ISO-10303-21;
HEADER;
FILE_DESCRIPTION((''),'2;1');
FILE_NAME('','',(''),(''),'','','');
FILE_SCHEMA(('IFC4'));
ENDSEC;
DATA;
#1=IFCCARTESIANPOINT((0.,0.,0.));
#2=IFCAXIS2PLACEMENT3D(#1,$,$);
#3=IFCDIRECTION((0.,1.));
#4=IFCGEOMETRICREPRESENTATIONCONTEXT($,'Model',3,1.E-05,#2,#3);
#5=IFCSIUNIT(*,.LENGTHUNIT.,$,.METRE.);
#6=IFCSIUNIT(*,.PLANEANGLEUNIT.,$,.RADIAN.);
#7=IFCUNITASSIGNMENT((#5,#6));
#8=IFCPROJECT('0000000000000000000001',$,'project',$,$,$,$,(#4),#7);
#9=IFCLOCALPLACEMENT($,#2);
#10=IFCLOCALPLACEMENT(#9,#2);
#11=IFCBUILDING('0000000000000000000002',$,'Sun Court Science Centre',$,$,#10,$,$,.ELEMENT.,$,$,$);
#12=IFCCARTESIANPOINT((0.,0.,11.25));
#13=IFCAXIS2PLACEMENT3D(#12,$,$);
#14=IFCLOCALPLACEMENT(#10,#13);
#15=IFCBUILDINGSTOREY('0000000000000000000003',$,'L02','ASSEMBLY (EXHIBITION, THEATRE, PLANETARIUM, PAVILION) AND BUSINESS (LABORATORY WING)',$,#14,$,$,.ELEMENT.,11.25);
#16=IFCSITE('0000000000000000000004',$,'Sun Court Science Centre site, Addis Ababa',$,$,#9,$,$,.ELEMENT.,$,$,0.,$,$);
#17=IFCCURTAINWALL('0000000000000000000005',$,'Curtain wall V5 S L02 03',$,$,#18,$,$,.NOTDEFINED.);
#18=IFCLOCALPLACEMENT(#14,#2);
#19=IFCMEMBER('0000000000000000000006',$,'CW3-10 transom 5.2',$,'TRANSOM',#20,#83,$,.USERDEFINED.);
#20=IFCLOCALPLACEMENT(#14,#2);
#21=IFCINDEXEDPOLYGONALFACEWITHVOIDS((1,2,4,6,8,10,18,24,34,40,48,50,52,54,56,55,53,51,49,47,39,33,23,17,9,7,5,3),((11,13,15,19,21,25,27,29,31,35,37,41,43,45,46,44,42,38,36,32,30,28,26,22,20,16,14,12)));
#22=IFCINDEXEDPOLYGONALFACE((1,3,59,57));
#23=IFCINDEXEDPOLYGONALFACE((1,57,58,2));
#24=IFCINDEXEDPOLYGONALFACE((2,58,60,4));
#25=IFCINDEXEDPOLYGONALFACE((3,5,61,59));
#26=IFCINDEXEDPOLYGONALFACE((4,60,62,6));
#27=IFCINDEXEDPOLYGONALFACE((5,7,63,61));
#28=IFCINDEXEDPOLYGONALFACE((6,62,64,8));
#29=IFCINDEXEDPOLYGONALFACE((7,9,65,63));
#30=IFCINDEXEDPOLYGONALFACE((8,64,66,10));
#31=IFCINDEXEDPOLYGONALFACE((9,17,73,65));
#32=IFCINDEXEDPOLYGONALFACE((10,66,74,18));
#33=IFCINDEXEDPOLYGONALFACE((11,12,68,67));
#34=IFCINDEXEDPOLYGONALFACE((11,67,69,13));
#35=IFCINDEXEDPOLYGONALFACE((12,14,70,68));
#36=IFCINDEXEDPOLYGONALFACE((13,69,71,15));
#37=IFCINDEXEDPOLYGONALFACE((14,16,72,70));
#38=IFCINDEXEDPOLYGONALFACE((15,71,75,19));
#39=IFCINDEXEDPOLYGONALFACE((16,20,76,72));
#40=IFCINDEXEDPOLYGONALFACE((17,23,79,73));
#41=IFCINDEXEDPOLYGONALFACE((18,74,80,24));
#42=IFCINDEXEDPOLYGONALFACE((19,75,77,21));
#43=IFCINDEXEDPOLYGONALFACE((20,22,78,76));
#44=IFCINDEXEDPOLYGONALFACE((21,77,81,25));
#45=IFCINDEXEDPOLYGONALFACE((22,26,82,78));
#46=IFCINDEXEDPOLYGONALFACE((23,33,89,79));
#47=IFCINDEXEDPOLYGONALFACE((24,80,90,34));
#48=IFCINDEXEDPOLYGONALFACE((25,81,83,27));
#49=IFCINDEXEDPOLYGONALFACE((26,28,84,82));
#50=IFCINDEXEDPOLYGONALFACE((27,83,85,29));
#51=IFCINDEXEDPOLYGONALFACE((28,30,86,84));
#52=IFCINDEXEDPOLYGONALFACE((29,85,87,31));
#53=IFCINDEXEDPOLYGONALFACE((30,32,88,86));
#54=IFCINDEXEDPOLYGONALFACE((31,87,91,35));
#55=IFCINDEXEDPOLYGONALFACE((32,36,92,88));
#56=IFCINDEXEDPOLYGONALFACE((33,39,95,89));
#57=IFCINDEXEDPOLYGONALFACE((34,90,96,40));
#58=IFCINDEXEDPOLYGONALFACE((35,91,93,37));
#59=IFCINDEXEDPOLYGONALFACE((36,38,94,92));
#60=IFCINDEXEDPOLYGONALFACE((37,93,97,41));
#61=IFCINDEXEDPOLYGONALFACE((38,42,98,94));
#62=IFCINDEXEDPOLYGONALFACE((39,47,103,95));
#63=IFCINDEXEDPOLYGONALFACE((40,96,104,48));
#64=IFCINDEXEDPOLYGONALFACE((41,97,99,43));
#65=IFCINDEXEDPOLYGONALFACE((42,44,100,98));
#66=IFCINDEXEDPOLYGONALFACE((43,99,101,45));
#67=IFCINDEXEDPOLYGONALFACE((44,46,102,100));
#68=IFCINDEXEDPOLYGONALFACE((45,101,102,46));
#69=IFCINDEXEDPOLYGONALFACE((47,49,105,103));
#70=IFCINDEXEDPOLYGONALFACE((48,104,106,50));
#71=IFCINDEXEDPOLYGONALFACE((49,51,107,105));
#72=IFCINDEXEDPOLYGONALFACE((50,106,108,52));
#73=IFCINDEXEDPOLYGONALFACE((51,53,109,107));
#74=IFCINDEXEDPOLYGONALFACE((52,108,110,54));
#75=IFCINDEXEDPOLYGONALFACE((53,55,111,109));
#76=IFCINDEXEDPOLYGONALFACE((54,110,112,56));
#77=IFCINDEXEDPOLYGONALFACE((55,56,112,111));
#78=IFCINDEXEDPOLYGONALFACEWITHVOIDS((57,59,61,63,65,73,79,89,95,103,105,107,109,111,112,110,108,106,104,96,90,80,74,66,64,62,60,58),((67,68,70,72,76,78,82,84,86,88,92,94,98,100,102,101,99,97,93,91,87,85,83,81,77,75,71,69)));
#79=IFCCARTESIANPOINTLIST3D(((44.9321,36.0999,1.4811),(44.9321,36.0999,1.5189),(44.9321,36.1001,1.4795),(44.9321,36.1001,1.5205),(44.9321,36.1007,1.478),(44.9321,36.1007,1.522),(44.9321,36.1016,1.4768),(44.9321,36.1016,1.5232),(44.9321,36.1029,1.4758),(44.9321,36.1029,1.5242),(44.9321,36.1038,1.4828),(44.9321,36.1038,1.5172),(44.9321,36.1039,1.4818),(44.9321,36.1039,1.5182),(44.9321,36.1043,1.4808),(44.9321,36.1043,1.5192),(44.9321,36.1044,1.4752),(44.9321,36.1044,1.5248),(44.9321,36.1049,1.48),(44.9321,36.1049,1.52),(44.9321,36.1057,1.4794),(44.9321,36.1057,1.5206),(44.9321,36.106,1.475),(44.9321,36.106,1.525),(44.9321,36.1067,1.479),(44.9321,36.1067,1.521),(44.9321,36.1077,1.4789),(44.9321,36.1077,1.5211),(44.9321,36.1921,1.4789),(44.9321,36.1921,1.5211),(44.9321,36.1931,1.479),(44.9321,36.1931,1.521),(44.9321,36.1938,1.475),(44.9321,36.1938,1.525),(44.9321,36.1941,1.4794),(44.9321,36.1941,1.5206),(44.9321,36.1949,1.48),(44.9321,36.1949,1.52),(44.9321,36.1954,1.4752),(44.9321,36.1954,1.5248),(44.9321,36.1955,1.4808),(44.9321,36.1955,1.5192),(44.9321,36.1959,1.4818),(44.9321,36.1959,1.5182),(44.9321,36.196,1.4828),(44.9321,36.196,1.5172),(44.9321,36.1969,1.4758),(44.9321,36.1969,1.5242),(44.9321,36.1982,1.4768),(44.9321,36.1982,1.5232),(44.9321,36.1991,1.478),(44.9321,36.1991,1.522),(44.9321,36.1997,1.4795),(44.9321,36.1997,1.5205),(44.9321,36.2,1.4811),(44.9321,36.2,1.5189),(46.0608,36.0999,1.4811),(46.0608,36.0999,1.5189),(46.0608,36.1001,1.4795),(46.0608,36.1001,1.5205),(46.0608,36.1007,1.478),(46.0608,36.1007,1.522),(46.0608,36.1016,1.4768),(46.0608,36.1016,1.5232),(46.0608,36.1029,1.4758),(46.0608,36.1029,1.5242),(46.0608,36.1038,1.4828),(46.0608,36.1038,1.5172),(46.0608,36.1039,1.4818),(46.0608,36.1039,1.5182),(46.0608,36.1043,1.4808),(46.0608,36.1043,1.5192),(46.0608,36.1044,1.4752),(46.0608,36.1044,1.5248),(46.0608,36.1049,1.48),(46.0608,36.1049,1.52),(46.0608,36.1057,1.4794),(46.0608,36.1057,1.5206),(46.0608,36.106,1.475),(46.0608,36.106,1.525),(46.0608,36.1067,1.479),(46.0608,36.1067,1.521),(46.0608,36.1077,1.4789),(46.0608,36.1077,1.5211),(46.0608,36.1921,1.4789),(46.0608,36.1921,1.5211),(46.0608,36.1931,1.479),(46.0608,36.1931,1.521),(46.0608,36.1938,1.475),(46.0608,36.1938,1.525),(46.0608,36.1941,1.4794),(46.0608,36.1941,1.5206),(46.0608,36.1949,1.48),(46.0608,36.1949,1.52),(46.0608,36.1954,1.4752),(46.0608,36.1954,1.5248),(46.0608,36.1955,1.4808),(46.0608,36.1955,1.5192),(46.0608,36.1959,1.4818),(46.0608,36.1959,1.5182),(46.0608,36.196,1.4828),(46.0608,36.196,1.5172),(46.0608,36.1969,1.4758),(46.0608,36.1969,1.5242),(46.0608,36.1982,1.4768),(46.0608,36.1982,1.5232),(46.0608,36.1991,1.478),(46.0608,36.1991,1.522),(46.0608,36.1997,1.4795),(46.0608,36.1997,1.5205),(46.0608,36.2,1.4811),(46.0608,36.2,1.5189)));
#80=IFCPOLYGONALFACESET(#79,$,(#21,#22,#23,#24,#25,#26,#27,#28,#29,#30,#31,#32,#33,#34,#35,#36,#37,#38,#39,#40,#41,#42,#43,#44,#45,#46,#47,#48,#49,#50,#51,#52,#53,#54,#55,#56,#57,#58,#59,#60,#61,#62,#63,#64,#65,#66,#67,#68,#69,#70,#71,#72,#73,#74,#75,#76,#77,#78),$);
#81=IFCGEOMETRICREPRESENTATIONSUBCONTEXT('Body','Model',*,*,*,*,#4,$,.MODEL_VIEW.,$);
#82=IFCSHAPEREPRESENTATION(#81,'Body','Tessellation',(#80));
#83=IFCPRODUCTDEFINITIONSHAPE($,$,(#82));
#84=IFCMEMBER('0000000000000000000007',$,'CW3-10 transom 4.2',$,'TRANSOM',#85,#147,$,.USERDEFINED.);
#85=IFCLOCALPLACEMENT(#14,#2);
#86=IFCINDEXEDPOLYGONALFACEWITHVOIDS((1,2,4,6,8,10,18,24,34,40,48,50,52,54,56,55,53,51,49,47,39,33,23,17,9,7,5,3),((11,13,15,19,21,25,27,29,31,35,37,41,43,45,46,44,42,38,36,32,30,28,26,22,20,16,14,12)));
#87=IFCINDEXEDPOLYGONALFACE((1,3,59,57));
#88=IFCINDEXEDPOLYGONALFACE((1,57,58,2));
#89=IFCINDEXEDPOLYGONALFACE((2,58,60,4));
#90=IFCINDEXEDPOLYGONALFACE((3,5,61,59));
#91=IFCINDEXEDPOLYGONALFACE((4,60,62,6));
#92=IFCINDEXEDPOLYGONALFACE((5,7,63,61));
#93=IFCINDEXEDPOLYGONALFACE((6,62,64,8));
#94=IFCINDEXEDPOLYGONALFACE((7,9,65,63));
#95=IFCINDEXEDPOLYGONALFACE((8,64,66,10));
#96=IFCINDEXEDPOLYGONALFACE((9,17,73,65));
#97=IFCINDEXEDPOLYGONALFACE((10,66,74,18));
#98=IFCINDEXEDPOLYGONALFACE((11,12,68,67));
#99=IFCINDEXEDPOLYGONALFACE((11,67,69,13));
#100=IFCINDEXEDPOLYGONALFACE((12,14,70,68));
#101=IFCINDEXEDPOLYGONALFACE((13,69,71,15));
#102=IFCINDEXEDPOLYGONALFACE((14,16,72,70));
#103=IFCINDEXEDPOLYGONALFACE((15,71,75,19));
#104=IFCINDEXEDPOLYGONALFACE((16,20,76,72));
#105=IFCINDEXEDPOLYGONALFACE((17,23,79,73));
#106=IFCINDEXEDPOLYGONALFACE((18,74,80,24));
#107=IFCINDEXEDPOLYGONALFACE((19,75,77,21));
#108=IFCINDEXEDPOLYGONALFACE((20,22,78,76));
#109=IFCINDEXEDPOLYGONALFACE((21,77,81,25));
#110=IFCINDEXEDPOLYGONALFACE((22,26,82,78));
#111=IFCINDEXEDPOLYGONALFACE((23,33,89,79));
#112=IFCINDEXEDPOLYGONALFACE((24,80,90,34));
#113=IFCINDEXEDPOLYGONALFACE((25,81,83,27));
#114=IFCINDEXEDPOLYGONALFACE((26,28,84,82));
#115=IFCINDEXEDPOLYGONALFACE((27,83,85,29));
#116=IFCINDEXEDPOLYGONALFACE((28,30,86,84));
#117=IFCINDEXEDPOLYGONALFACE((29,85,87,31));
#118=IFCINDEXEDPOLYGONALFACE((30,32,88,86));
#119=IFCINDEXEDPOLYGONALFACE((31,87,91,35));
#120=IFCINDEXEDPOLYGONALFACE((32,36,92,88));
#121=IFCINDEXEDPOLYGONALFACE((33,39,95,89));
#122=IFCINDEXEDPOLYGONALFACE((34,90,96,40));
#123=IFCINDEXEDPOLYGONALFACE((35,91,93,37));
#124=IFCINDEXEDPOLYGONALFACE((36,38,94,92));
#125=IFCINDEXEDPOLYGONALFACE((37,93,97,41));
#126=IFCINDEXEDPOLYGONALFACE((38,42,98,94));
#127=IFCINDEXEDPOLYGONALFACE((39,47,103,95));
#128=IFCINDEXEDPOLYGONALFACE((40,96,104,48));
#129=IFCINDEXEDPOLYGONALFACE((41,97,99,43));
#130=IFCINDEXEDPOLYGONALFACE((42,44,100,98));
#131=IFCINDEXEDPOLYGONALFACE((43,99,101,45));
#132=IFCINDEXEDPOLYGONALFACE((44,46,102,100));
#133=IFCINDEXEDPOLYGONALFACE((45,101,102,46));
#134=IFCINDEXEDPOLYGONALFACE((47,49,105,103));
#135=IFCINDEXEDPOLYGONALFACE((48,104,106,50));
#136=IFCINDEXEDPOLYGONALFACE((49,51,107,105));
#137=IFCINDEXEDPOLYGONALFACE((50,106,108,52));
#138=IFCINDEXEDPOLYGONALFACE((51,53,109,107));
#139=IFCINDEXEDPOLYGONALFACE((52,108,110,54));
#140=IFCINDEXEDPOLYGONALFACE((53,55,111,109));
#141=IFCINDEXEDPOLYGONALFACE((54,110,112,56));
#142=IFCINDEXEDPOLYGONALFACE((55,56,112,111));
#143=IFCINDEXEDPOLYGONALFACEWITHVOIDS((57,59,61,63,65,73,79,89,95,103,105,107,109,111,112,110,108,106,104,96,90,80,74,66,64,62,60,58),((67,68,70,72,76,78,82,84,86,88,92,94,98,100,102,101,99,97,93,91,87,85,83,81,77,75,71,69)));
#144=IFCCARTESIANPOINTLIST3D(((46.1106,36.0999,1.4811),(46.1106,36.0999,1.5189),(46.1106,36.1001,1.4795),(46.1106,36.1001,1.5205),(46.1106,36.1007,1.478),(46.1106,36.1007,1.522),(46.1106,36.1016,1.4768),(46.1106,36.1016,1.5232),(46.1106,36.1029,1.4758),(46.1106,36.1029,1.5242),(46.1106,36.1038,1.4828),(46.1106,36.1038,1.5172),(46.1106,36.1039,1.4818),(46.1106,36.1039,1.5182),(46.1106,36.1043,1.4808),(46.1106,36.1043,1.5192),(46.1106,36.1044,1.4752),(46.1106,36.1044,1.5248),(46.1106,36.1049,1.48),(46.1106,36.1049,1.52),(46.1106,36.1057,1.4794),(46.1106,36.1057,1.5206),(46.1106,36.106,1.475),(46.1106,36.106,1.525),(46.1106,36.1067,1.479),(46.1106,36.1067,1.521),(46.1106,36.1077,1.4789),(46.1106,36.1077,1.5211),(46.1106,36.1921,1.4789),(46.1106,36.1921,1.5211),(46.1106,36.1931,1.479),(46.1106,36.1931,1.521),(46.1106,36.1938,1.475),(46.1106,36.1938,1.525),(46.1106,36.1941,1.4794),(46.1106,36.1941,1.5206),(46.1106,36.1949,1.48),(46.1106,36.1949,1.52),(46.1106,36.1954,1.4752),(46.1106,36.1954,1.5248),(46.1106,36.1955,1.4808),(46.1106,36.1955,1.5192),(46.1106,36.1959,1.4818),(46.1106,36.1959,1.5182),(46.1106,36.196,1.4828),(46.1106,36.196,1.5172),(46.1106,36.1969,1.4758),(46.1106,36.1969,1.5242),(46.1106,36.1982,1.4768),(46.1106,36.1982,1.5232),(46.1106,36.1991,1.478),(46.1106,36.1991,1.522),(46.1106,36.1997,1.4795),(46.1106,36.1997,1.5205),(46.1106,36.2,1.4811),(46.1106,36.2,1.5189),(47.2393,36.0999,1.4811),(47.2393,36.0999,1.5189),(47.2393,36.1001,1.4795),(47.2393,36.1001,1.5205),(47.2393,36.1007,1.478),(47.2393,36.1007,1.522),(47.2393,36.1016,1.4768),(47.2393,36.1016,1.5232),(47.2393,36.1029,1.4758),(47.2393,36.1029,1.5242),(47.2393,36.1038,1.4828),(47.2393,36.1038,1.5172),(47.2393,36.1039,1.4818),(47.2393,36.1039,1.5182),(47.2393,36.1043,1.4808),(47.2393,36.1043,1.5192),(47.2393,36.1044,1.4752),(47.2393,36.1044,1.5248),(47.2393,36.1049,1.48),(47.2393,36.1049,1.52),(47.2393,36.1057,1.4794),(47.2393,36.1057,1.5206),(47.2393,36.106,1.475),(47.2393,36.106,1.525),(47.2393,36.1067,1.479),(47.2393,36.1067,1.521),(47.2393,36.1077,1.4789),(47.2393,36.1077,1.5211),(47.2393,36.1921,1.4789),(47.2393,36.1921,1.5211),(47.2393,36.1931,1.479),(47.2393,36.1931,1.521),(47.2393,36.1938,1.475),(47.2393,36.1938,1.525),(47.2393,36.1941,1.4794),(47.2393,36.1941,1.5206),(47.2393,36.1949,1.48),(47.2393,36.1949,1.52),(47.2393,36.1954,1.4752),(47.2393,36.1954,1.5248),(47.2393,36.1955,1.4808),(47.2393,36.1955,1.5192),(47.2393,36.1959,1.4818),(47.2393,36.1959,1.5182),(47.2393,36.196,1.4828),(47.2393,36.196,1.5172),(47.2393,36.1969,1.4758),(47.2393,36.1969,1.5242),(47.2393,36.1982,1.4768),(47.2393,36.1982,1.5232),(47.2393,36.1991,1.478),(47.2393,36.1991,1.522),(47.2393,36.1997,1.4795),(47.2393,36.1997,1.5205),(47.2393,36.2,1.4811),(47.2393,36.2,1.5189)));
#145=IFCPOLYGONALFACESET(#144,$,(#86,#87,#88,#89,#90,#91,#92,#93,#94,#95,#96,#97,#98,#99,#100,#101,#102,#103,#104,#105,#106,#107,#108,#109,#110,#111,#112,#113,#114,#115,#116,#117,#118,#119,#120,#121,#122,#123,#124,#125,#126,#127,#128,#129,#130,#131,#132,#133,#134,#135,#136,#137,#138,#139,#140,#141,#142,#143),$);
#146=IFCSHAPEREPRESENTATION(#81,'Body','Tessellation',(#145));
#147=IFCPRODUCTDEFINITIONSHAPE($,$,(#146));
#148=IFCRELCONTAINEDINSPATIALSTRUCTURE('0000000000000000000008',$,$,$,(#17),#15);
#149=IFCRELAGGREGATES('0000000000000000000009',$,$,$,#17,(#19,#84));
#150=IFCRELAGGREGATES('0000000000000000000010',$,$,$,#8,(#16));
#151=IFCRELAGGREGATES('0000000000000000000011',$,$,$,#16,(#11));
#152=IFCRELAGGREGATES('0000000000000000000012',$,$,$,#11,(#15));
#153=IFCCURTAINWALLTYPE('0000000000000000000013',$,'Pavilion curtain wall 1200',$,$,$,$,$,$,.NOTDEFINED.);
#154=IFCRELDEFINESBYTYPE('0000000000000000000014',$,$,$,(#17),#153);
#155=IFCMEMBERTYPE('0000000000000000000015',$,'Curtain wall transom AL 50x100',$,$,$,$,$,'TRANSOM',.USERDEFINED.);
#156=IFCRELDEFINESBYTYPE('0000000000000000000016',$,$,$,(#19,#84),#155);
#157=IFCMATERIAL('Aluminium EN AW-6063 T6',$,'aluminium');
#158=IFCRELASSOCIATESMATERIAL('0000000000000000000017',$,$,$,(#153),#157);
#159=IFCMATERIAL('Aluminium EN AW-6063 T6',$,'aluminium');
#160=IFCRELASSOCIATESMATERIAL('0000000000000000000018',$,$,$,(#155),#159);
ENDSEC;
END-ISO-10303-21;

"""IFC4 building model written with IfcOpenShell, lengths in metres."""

from ifc_helpers import new_model, si_unit, direction, frame, origin, origin_2d, place, context, subcontext, project, spatial, hollow_rectangle, extrude, material, material_profile, profile_set, type_object, element, aggregate, save


model = new_model("IFC4")

# Units and contexts
model_context = context("Model", 3, precision=1e-05, world=origin(), true_north=direction((0.0, 1.0)))
body_context = subcontext(model_context, "Body", "Model", "MODEL_VIEW")
ifc_project = project(units=[si_unit("LENGTHUNIT", "METRE"), si_unit("PLANEANGLEUNIT", "RADIAN")], contexts=[model_context])

# Site, building, storey
site_placement = place(None, origin())
site = spatial("IfcSite", under=ifc_project, at=site_placement, Name="Sun Court Science Centre site, Addis Ababa", CompositionType="ELEMENT", RefElevation=0.0)
building_placement = place(site_placement, origin())
building = spatial("IfcBuilding", under=site, at=building_placement, Name="Sun Court Science Centre", CompositionType="ELEMENT")
storey_placement = place(building_placement, frame((0.0, 0.0, 11.25)))
storey = spatial("IfcBuildingStorey", under=building, at=storey_placement, Name="L02", Description="ASSEMBLY (EXHIBITION, THEATRE, PLANETARIUM, PAVILION) AND BUSINESS (LABORATORY WING)", CompositionType="ELEMENT", Elevation=11.25)

# Curtain wall, members
ifc_material_1 = material(Name="Aluminium EN AW-6063 T6", Category="aluminium")
curtain_wall_type = type_object("IfcCurtainWallType", Name="Pavilion curtain wall 1200", PredefinedType="NOTDEFINED", material=ifc_material_1)
curtain_wall_placement = place(storey_placement, origin())
curtain_wall = element("IfcCurtainWall", 1, at=curtain_wall_placement, inside=storey, type_object=curtain_wall_type, Name="Curtain wall V5 S L02 03", PredefinedType="NOTDEFINED")
ifc_material_2 = material(Name="Aluminium EN AW-6063 T6", Category="aluminium")
ifc_material_profile_1 = material_profile(ifc_material_2, hollow_rectangle(XDim=0.05, YDim=0.1001, WallThickness=0.0039, InnerFilletRadius=0.0039, OuterFilletRadius=0.0061, at=origin_2d()), Name="AL 50x100x4")
ifc_profile_set_1 = profile_set([ifc_material_profile_1], Name="Aluminium EN AW-6063 T6")
member_type_1 = type_object("IfcMemberType", Name="Curtain wall transom AL 50x100", ElementType="TRANSOM", PredefinedType="USERDEFINED", material=ifc_profile_set_1)
member_1_placement = place(storey_placement, frame((46.0608, 36.1499, 1.5), z_axis=(-1.0, 0.0, 0.0), x_axis=(0.0, 0.0, 1.0)))
member_1 = element("IfcMember", 2, at=member_1_placement, type_object=member_type_1, Name="CW3-10 transom 5.2", ObjectType="TRANSOM", PredefinedType="USERDEFINED", context=body_context, shape_type="SweptSolid", body=[
    extrude(hollow_rectangle(XDim=0.05, YDim=0.1001, WallThickness=0.0039, InnerFilletRadius=0.0039, OuterFilletRadius=0.0061, at=origin_2d()), origin(), (0.0, 0.0, 1.0), 1.1287),
])
member_2_placement = place(storey_placement, frame((47.2393, 36.1499, 1.5), z_axis=(-1.0, 0.0, 0.0), x_axis=(0.0, 0.0, 1.0)))
member_2 = element("IfcMember", 3, at=member_2_placement, type_object=member_type_1, Name="CW3-10 transom 4.2", ObjectType="TRANSOM", PredefinedType="USERDEFINED", context=body_context, shape_type="SweptSolid", body=[
    extrude(hollow_rectangle(XDim=0.05, YDim=0.1001, WallThickness=0.0039, InnerFilletRadius=0.0039, OuterFilletRadius=0.0061, at=origin_2d()), origin(), (0.0, 0.0, 1.0), 1.1287),
])
aggregate(curtain_wall, [member_1, member_2])

save(model, "model.ifc")
